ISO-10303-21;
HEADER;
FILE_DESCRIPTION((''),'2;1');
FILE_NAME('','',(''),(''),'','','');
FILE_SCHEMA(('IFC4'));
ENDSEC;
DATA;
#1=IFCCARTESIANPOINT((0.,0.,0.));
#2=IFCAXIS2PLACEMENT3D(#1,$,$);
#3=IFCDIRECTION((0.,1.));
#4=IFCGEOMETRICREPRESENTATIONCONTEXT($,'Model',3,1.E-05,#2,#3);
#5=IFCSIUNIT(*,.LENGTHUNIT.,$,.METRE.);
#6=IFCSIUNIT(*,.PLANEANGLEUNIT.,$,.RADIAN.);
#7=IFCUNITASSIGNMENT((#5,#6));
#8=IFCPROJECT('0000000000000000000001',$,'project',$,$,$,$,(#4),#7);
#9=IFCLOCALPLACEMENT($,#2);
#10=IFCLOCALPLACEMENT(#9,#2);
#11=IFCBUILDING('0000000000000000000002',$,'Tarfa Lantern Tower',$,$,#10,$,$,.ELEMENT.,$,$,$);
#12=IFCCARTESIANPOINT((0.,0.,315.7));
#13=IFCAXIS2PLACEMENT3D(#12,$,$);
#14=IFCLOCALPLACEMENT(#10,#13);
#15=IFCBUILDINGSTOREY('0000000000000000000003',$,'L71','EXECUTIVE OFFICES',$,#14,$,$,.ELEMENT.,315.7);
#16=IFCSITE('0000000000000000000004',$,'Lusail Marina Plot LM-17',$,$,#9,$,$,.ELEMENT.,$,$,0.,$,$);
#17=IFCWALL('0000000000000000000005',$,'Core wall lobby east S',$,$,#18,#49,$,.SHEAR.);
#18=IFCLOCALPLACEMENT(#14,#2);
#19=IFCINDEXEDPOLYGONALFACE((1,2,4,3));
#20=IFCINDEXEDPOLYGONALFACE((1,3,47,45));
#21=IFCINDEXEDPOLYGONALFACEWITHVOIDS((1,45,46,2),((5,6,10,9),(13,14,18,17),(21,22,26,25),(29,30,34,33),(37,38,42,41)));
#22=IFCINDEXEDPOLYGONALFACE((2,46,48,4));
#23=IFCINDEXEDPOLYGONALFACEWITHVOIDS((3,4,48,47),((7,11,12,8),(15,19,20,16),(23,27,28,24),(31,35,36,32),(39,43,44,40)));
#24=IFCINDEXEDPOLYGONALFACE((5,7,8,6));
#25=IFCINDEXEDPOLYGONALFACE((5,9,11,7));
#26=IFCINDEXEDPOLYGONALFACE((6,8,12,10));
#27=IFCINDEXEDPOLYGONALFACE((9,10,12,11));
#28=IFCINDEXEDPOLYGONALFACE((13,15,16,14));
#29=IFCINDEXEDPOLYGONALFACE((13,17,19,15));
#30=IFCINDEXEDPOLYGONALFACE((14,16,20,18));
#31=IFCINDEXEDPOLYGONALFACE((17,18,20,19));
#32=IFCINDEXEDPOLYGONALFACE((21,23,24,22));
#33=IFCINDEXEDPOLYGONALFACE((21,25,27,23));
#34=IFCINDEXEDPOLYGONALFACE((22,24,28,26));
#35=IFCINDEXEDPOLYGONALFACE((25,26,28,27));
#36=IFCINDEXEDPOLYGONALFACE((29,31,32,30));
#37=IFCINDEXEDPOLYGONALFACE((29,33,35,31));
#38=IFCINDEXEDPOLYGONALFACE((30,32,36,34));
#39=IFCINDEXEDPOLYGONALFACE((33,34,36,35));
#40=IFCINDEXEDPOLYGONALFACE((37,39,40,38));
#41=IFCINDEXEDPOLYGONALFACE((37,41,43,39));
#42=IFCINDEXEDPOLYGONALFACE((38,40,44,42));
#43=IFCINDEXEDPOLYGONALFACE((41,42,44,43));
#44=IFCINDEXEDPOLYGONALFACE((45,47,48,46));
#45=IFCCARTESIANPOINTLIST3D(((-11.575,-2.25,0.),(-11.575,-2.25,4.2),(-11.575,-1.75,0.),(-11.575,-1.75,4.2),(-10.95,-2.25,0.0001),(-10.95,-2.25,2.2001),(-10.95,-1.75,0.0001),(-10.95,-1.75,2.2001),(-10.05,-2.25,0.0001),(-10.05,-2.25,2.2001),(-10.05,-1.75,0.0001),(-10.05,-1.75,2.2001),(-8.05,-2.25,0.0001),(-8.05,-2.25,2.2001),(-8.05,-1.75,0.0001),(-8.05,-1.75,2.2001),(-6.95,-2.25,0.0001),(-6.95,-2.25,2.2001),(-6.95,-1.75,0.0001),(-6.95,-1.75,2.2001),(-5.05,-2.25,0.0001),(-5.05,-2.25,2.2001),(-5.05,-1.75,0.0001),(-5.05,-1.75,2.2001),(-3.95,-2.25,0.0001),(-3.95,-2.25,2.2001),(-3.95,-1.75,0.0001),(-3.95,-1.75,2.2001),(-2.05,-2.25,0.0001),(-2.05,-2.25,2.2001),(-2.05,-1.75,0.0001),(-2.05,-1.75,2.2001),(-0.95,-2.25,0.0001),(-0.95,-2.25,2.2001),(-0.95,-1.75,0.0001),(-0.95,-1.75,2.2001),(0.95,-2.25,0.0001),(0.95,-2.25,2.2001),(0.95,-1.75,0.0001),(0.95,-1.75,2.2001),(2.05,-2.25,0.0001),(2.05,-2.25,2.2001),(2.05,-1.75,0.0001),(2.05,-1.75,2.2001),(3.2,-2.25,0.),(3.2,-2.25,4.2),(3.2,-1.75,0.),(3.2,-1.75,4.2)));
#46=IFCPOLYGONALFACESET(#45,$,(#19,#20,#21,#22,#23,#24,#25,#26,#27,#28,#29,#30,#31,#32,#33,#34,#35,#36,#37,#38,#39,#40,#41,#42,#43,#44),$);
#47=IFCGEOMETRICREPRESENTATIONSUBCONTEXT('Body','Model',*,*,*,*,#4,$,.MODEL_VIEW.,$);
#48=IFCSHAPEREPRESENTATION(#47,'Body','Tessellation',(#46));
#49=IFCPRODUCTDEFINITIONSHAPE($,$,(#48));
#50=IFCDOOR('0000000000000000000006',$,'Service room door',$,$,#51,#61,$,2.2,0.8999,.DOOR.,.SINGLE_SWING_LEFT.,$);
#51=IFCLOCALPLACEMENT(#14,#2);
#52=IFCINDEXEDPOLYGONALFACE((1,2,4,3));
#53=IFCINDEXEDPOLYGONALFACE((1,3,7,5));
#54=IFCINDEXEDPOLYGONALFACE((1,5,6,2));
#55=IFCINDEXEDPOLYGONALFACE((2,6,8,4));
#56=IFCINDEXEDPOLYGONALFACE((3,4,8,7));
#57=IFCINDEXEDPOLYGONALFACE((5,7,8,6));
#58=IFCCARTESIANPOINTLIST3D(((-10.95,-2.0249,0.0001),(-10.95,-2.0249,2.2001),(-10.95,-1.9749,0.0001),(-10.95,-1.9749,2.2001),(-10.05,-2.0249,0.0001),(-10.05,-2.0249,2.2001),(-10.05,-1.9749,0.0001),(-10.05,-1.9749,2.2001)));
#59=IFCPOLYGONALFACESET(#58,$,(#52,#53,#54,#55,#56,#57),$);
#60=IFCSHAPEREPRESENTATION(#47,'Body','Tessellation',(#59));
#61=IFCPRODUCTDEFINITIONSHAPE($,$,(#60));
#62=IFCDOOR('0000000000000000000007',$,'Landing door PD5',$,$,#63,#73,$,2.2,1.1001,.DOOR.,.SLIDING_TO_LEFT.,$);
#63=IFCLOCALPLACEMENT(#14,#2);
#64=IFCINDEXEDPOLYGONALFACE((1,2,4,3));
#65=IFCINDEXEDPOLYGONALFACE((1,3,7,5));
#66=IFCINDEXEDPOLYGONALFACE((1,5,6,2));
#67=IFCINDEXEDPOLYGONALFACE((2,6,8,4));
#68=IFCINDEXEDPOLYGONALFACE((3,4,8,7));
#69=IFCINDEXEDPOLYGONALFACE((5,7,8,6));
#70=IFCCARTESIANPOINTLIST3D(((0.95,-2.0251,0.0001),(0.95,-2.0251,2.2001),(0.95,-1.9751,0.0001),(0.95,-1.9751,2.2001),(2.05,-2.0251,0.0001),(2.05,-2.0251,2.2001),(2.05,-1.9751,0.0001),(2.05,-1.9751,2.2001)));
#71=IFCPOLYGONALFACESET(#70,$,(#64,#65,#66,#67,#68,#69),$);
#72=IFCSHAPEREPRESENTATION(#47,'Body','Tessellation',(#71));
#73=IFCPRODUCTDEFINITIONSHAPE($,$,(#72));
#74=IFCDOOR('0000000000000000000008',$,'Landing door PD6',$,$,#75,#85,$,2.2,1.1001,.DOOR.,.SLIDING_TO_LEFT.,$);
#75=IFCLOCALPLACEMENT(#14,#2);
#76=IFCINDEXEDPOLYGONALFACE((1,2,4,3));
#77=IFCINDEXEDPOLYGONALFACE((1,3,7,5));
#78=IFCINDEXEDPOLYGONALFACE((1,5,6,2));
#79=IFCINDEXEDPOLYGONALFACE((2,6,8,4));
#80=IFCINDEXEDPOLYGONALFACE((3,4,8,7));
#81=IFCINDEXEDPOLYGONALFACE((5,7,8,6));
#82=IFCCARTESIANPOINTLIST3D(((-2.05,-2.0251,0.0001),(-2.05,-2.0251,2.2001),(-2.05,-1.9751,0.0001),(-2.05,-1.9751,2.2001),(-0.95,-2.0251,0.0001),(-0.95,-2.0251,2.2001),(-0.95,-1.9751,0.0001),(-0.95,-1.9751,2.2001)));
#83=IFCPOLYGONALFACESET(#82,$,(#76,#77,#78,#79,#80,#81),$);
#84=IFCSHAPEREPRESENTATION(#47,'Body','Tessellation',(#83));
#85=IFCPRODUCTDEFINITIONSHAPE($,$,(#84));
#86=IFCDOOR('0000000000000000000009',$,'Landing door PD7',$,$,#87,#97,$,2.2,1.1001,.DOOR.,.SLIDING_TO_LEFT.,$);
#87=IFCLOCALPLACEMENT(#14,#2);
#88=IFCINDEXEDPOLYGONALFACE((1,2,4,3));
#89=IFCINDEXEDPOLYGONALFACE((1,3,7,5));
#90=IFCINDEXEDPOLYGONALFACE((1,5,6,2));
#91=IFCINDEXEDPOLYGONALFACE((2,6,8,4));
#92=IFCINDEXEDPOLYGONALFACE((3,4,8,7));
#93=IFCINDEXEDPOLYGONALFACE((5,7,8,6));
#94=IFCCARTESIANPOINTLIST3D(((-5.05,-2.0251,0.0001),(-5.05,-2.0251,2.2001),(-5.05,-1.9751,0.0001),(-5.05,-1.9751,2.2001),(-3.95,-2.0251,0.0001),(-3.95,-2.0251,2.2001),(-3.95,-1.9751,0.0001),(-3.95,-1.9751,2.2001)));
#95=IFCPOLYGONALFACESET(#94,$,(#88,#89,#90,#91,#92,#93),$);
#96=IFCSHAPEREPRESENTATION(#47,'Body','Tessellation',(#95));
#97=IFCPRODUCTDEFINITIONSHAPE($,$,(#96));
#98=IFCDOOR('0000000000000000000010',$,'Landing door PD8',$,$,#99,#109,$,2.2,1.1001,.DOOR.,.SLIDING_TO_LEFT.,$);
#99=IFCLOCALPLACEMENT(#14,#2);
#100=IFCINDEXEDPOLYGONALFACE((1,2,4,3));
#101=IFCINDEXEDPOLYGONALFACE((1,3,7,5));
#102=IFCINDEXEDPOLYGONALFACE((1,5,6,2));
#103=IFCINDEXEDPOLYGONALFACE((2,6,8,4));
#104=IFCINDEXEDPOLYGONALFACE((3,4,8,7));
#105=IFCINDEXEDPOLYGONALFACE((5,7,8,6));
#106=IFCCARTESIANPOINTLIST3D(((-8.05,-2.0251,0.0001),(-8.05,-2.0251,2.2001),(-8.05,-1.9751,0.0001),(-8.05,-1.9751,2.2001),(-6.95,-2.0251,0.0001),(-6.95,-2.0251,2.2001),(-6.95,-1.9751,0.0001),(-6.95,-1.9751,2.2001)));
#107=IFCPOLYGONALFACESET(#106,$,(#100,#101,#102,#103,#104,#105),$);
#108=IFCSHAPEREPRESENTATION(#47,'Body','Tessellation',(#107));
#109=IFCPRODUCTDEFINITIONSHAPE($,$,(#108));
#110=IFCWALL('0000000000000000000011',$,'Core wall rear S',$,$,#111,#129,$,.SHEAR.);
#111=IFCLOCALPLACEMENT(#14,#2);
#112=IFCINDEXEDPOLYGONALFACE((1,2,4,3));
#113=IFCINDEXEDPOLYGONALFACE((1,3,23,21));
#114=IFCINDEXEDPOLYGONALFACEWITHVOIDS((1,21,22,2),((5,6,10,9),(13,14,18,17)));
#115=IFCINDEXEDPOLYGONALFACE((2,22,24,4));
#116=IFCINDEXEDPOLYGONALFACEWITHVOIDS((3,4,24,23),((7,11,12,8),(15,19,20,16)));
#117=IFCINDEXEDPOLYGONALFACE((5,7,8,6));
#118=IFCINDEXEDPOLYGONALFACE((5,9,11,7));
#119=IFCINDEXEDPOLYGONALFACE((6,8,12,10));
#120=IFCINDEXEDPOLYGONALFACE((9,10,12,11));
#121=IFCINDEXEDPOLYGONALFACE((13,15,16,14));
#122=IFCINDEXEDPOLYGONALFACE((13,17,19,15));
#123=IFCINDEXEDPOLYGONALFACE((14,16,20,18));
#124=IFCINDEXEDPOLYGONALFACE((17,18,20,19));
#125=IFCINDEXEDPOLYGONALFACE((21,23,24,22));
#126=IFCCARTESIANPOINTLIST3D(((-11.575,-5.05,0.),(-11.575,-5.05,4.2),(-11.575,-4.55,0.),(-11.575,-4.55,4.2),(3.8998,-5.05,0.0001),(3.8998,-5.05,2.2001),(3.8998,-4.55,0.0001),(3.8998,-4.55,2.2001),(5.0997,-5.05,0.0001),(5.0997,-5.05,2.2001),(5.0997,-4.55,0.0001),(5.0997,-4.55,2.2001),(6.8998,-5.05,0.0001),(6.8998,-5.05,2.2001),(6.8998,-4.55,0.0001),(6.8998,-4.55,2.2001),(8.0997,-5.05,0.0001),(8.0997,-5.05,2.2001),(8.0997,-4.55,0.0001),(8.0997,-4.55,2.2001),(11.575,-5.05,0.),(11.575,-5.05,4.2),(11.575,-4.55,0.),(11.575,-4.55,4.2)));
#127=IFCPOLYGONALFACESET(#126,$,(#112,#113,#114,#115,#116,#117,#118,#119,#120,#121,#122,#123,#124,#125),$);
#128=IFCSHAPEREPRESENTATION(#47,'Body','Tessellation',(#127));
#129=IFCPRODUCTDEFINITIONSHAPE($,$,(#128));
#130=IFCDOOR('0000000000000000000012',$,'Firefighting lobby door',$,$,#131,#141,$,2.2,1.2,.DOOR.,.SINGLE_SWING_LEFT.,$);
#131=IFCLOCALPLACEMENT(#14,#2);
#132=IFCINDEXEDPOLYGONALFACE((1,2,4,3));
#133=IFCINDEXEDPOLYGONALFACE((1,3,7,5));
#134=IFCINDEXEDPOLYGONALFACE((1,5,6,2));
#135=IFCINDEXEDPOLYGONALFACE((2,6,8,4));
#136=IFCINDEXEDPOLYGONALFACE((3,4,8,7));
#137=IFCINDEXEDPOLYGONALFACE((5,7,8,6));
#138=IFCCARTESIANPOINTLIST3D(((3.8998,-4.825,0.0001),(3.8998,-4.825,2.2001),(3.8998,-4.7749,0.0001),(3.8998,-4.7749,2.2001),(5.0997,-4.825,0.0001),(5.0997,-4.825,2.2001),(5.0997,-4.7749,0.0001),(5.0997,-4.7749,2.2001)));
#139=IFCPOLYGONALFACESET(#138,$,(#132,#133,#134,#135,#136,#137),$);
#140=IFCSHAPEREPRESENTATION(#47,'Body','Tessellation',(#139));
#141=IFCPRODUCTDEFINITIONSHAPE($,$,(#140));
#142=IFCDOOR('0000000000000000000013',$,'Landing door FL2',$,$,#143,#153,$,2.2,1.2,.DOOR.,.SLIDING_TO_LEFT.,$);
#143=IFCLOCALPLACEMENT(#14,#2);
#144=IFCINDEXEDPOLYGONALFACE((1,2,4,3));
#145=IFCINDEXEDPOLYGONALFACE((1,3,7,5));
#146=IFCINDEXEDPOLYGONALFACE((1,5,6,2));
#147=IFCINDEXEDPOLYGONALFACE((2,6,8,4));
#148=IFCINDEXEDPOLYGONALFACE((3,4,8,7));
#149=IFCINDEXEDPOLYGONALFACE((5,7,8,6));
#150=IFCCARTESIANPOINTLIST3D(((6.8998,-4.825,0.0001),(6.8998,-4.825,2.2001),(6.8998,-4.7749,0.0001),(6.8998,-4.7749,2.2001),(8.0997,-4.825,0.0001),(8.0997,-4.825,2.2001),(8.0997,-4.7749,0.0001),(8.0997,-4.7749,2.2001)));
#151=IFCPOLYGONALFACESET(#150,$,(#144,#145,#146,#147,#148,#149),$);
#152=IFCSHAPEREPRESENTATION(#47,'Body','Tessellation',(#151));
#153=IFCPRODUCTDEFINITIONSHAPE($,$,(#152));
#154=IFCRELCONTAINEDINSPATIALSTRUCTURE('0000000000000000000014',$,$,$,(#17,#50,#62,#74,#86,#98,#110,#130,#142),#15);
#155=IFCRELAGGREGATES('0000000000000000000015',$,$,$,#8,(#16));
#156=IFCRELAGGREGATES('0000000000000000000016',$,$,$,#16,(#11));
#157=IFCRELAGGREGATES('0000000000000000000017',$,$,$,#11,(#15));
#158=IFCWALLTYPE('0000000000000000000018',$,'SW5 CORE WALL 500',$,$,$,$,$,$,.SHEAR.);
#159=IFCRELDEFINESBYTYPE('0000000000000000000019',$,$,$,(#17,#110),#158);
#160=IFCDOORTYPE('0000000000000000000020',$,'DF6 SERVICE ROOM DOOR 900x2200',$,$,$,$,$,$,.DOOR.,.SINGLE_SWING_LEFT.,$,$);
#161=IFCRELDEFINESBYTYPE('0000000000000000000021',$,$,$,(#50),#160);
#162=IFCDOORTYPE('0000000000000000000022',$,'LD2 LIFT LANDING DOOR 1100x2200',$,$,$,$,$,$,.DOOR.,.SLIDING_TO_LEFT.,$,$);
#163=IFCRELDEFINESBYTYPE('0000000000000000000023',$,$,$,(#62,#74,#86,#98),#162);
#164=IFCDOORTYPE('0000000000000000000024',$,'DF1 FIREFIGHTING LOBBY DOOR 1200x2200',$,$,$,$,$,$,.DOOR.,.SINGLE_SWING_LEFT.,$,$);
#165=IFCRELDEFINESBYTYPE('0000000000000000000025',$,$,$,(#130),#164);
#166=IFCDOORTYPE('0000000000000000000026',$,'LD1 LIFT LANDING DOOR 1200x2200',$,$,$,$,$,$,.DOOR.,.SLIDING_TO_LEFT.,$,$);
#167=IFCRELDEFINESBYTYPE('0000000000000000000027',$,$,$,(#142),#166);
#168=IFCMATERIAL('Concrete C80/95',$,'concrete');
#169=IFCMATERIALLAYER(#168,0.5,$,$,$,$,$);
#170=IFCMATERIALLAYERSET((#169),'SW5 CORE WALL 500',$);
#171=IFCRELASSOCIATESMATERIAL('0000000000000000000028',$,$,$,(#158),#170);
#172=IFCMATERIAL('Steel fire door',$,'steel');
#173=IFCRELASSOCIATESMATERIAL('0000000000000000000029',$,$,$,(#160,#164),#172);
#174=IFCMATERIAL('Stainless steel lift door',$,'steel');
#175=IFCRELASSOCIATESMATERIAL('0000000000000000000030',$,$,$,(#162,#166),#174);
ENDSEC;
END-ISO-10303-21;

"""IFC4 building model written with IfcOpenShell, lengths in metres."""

from ifc_helpers import new_model, si_unit, direction, frame, frame_2d, origin, place, context, subcontext, project, spatial, rectangle, extrude, material, layer, layer_set, type_object, element, fill, save


model = new_model("IFC4")

# Units and contexts
model_context = context("Model", 3, precision=1e-05, world=origin(), true_north=direction((0.0, 1.0)))
body_context = subcontext(model_context, "Body", "Model", "MODEL_VIEW")
ifc_project = project(units=[si_unit("LENGTHUNIT", "METRE"), si_unit("PLANEANGLEUNIT", "RADIAN")], contexts=[model_context])

# Site, building, storey
site_placement = place(None, origin())
site = spatial("IfcSite", under=ifc_project, at=site_placement, Name="Lusail Marina Plot LM-17", CompositionType="ELEMENT", RefElevation=0.0)
building_placement = place(site_placement, origin())
building = spatial("IfcBuilding", under=site, at=building_placement, Name="Tarfa Lantern Tower", CompositionType="ELEMENT")
storey_placement = place(building_placement, frame((0.0, 0.0, 315.7)))
storey = spatial("IfcBuildingStorey", under=building, at=storey_placement, Name="L71", Description="EXECUTIVE OFFICES", CompositionType="ELEMENT", Elevation=315.7)

# Shared definitions
ifc_material_1 = material(Name="Concrete C80/95", Category="concrete")

# Shared definitions
ifc_material_2 = material(Name="Steel fire door", Category="steel")

# Walls, openings, doors
ifc_layer_1 = layer(ifc_material_1, 0.5)
ifc_layer_set_1 = layer_set([ifc_layer_1], Name="SW5 CORE WALL 500")
wall_type_1 = type_object("IfcWallType", Name="SW5 CORE WALL 500", PredefinedType="SHEAR", material=ifc_layer_set_1)
wall_1_placement = place(storey_placement, frame((3.2, -2.0, 0.0), z_axis=(0.0, 0.0, 1.0), x_axis=(-1.0, 0.0, 0.0)))
wall_1 = element("IfcWall", 1, at=wall_1_placement, inside=storey, type_object=wall_type_1, Name="Core wall lobby east S", PredefinedType="SHEAR", context=body_context, shape_type="SweptSolid", body=[
    extrude(rectangle(XDim=14.7749, YDim=0.5, at=frame_2d((7.3875, 0.0))), origin(), (0.0, 0.0, 1.0), 4.2),
])
opening_1_placement = place(wall_1_placement, frame((13.25, 0.0, 0.0)))
opening_1 = element("IfcOpeningElement", 2, at=opening_1_placement, cuts=wall_1, PredefinedType="OPENING", context=body_context, shape_type="SweptSolid", body=[
    extrude(rectangle(XDim=0.8999, YDim=2.2, at=frame_2d((0.45, 1.1001))), frame((0.0, 0.26, 0.0), z_axis=(0.0, -1.0, 0.0), x_axis=(1.0, 0.0, 0.0)), (0.0, 0.0, 1.0), 0.52),
])
opening_2_placement = place(wall_1_placement, frame((1.1499, 0.0, 0.0)))
opening_2 = element("IfcOpeningElement", 3, at=opening_2_placement, cuts=wall_1, PredefinedType="OPENING", context=body_context, shape_type="SweptSolid", body=[
    extrude(rectangle(XDim=1.1001, YDim=2.2, at=frame_2d((0.55, 1.1001))), frame((0.0, 0.26, 0.0), z_axis=(0.0, -1.0, 0.0), x_axis=(1.0, 0.0, 0.0)), (0.0, 0.0, 1.0), 0.52),
])
opening_3_placement = place(wall_1_placement, frame((4.1499, 0.0, 0.0)))
opening_3 = element("IfcOpeningElement", 4, at=opening_3_placement, cuts=wall_1, PredefinedType="OPENING", context=body_context, shape_type="SweptSolid", body=[
    extrude(rectangle(XDim=1.1001, YDim=2.2, at=frame_2d((0.55, 1.1001))), frame((0.0, 0.26, 0.0), z_axis=(0.0, -1.0, 0.0), x_axis=(1.0, 0.0, 0.0)), (0.0, 0.0, 1.0), 0.52),
])
opening_4_placement = place(wall_1_placement, frame((7.1499, 0.0, 0.0)))
opening_4 = element("IfcOpeningElement", 5, at=opening_4_placement, cuts=wall_1, PredefinedType="OPENING", context=body_context, shape_type="SweptSolid", body=[
    extrude(rectangle(XDim=1.1001, YDim=2.2, at=frame_2d((0.55, 1.1001))), frame((0.0, 0.26, 0.0), z_axis=(0.0, -1.0, 0.0), x_axis=(1.0, 0.0, 0.0)), (0.0, 0.0, 1.0), 0.52),
])
opening_5_placement = place(wall_1_placement, frame((10.1499, 0.0, 0.0)))
opening_5 = element("IfcOpeningElement", 6, at=opening_5_placement, cuts=wall_1, PredefinedType="OPENING", context=body_context, shape_type="SweptSolid", body=[
    extrude(rectangle(XDim=1.1001, YDim=2.2, at=frame_2d((0.55, 1.1001))), frame((0.0, 0.26, 0.0), z_axis=(0.0, -1.0, 0.0), x_axis=(1.0, 0.0, 0.0)), (0.0, 0.0, 1.0), 0.52),
])
door_type_1 = type_object("IfcDoorType", Name="DF6 SERVICE ROOM DOOR 900x2200", OperationType="SINGLE_SWING_LEFT", PredefinedType="DOOR", material=ifc_material_2)
door_1_placement = place(opening_1_placement, origin())
door_1 = element("IfcDoor", 7, at=door_1_placement, inside=storey, type_object=door_type_1, Name="Service room door", OperationType="SINGLE_SWING_LEFT", OverallHeight=2.2, OverallWidth=0.8999, PredefinedType="DOOR", context=body_context, shape_type="SweptSolid", body=[
    extrude(rectangle(XDim=0.8999, YDim=2.2, at=frame_2d((0.45, 1.1001))), frame((0.0, 0.0249, 0.0), z_axis=(0.0, -1.0, 0.0), x_axis=(1.0, 0.0, 0.0)), (0.0, 0.0, 1.0), 0.05),
])
fill(opening_1, door_1)
ifc_material_3 = material(Name="Stainless steel lift door", Category="steel")
door_type_2 = type_object("IfcDoorType", Name="LD2 LIFT LANDING DOOR 1100x2200", OperationType="SLIDING_TO_LEFT", PredefinedType="DOOR", material=ifc_material_3)
door_2_placement = place(opening_2_placement, frame((1.1001, 0.0, 0.0), z_axis=(0.0, 0.0, 1.0), x_axis=(-1.0, 0.0, 0.0)))
door_2 = element("IfcDoor", 8, at=door_2_placement, inside=storey, type_object=door_type_2, Name="Landing door PD5", OperationType="SLIDING_TO_LEFT", OverallHeight=2.2, OverallWidth=1.1001, PredefinedType="DOOR", context=body_context, shape_type="SweptSolid", body=[
    extrude(rectangle(XDim=1.1001, YDim=2.2, at=frame_2d((0.55, 1.1001))), frame((0.0, 0.0249, 0.0), z_axis=(0.0, -1.0, 0.0), x_axis=(1.0, 0.0, 0.0)), (0.0, 0.0, 1.0), 0.05),
])
fill(opening_2, door_2)
door_3_placement = place(opening_3_placement, frame((1.1001, 0.0, 0.0), z_axis=(0.0, 0.0, 1.0), x_axis=(-1.0, 0.0, 0.0)))
door_3 = element("IfcDoor", 9, at=door_3_placement, inside=storey, type_object=door_type_2, Name="Landing door PD6", OperationType="SLIDING_TO_LEFT", OverallHeight=2.2, OverallWidth=1.1001, PredefinedType="DOOR", context=body_context, shape_type="SweptSolid", body=[
    extrude(rectangle(XDim=1.1001, YDim=2.2, at=frame_2d((0.55, 1.1001))), frame((0.0, 0.0249, 0.0), z_axis=(0.0, -1.0, 0.0), x_axis=(1.0, 0.0, 0.0)), (0.0, 0.0, 1.0), 0.05),
])
fill(opening_3, door_3)
door_4_placement = place(opening_4_placement, frame((1.1001, 0.0, 0.0), z_axis=(0.0, 0.0, 1.0), x_axis=(-1.0, 0.0, 0.0)))
door_4 = element("IfcDoor", 10, at=door_4_placement, inside=storey, type_object=door_type_2, Name="Landing door PD7", OperationType="SLIDING_TO_LEFT", OverallHeight=2.2, OverallWidth=1.1001, PredefinedType="DOOR", context=body_context, shape_type="SweptSolid", body=[
    extrude(rectangle(XDim=1.1001, YDim=2.2, at=frame_2d((0.55, 1.1001))), frame((0.0, 0.0249, 0.0), z_axis=(0.0, -1.0, 0.0), x_axis=(1.0, 0.0, 0.0)), (0.0, 0.0, 1.0), 0.05),
])
fill(opening_4, door_4)
door_5_placement = place(opening_5_placement, frame((1.1001, 0.0, 0.0), z_axis=(0.0, 0.0, 1.0), x_axis=(-1.0, 0.0, 0.0)))
door_5 = element("IfcDoor", 11, at=door_5_placement, inside=storey, type_object=door_type_2, Name="Landing door PD8", OperationType="SLIDING_TO_LEFT", OverallHeight=2.2, OverallWidth=1.1001, PredefinedType="DOOR", context=body_context, shape_type="SweptSolid", body=[
    extrude(rectangle(XDim=1.1001, YDim=2.2, at=frame_2d((0.55, 1.1001))), frame((0.0, 0.0249, 0.0), z_axis=(0.0, -1.0, 0.0), x_axis=(1.0, 0.0, 0.0)), (0.0, 0.0, 1.0), 0.05),
])
fill(opening_5, door_5)
wall_2_placement = place(storey_placement, frame((11.575, -4.8, 0.0), z_axis=(0.0, 0.0, 1.0), x_axis=(-1.0, 0.0, 0.0)))
wall_2 = element("IfcWall", 12, at=wall_2_placement, inside=storey, type_object=wall_type_1, Name="Core wall rear S", PredefinedType="SHEAR", context=body_context, shape_type="SweptSolid", body=[
    extrude(rectangle(XDim=23.1499, YDim=0.5, at=frame_2d((11.575, 0.0))), origin(), (0.0, 0.0, 1.0), 4.2),
])
opening_6_placement = place(wall_2_placement, frame((6.4751, 0.0, 0.0)))
opening_6 = element("IfcOpeningElement", 13, at=opening_6_placement, cuts=wall_2, PredefinedType="OPENING", context=body_context, shape_type="SweptSolid", body=[
    extrude(rectangle(XDim=1.2, YDim=2.2, at=frame_2d((0.6001, 1.1001))), frame((0.0, 0.26, 0.0), z_axis=(0.0, -1.0, 0.0), x_axis=(1.0, 0.0, 0.0)), (0.0, 0.0, 1.0), 0.52),
])
opening_7_placement = place(wall_2_placement, frame((3.4751, 0.0, 0.0)))
opening_7 = element("IfcOpeningElement", 14, at=opening_7_placement, cuts=wall_2, PredefinedType="OPENING", context=body_context, shape_type="SweptSolid", body=[
    extrude(rectangle(XDim=1.2, YDim=2.2, at=frame_2d((0.6001, 1.1001))), frame((0.0, 0.26, 0.0), z_axis=(0.0, -1.0, 0.0), x_axis=(1.0, 0.0, 0.0)), (0.0, 0.0, 1.0), 0.52),
])
door_type_3 = type_object("IfcDoorType", Name="DF1 FIREFIGHTING LOBBY DOOR 1200x2200", OperationType="SINGLE_SWING_LEFT", PredefinedType="DOOR", material=ifc_material_2)
door_6_placement = place(opening_6_placement, origin())
door_6 = element("IfcDoor", 15, at=door_6_placement, inside=storey, type_object=door_type_3, Name="Firefighting lobby door", OperationType="SINGLE_SWING_LEFT", OverallHeight=2.2, OverallWidth=1.2, PredefinedType="DOOR", context=body_context, shape_type="SweptSolid", body=[
    extrude(rectangle(XDim=1.2, YDim=2.2, at=frame_2d((0.6001, 1.1001))), frame((0.0, 0.0249, 0.0), z_axis=(0.0, -1.0, 0.0), x_axis=(1.0, 0.0, 0.0)), (0.0, 0.0, 1.0), 0.05),
])
fill(opening_6, door_6)
door_type_4 = type_object("IfcDoorType", Name="LD1 LIFT LANDING DOOR 1200x2200", OperationType="SLIDING_TO_LEFT", PredefinedType="DOOR", material=ifc_material_3)
door_7_placement = place(opening_7_placement, origin())
door_7 = element("IfcDoor", 16, at=door_7_placement, inside=storey, type_object=door_type_4, Name="Landing door FL2", OperationType="SLIDING_TO_LEFT", OverallHeight=2.2, OverallWidth=1.2, PredefinedType="DOOR", context=body_context, shape_type="SweptSolid", body=[
    extrude(rectangle(XDim=1.2, YDim=2.2, at=frame_2d((0.6001, 1.1001))), frame((0.0, 0.0249, 0.0), z_axis=(0.0, -1.0, 0.0), x_axis=(1.0, 0.0, 0.0)), (0.0, 0.0, 1.0), 0.05),
])
fill(opening_7, door_7)

save(model, "model.ifc")
